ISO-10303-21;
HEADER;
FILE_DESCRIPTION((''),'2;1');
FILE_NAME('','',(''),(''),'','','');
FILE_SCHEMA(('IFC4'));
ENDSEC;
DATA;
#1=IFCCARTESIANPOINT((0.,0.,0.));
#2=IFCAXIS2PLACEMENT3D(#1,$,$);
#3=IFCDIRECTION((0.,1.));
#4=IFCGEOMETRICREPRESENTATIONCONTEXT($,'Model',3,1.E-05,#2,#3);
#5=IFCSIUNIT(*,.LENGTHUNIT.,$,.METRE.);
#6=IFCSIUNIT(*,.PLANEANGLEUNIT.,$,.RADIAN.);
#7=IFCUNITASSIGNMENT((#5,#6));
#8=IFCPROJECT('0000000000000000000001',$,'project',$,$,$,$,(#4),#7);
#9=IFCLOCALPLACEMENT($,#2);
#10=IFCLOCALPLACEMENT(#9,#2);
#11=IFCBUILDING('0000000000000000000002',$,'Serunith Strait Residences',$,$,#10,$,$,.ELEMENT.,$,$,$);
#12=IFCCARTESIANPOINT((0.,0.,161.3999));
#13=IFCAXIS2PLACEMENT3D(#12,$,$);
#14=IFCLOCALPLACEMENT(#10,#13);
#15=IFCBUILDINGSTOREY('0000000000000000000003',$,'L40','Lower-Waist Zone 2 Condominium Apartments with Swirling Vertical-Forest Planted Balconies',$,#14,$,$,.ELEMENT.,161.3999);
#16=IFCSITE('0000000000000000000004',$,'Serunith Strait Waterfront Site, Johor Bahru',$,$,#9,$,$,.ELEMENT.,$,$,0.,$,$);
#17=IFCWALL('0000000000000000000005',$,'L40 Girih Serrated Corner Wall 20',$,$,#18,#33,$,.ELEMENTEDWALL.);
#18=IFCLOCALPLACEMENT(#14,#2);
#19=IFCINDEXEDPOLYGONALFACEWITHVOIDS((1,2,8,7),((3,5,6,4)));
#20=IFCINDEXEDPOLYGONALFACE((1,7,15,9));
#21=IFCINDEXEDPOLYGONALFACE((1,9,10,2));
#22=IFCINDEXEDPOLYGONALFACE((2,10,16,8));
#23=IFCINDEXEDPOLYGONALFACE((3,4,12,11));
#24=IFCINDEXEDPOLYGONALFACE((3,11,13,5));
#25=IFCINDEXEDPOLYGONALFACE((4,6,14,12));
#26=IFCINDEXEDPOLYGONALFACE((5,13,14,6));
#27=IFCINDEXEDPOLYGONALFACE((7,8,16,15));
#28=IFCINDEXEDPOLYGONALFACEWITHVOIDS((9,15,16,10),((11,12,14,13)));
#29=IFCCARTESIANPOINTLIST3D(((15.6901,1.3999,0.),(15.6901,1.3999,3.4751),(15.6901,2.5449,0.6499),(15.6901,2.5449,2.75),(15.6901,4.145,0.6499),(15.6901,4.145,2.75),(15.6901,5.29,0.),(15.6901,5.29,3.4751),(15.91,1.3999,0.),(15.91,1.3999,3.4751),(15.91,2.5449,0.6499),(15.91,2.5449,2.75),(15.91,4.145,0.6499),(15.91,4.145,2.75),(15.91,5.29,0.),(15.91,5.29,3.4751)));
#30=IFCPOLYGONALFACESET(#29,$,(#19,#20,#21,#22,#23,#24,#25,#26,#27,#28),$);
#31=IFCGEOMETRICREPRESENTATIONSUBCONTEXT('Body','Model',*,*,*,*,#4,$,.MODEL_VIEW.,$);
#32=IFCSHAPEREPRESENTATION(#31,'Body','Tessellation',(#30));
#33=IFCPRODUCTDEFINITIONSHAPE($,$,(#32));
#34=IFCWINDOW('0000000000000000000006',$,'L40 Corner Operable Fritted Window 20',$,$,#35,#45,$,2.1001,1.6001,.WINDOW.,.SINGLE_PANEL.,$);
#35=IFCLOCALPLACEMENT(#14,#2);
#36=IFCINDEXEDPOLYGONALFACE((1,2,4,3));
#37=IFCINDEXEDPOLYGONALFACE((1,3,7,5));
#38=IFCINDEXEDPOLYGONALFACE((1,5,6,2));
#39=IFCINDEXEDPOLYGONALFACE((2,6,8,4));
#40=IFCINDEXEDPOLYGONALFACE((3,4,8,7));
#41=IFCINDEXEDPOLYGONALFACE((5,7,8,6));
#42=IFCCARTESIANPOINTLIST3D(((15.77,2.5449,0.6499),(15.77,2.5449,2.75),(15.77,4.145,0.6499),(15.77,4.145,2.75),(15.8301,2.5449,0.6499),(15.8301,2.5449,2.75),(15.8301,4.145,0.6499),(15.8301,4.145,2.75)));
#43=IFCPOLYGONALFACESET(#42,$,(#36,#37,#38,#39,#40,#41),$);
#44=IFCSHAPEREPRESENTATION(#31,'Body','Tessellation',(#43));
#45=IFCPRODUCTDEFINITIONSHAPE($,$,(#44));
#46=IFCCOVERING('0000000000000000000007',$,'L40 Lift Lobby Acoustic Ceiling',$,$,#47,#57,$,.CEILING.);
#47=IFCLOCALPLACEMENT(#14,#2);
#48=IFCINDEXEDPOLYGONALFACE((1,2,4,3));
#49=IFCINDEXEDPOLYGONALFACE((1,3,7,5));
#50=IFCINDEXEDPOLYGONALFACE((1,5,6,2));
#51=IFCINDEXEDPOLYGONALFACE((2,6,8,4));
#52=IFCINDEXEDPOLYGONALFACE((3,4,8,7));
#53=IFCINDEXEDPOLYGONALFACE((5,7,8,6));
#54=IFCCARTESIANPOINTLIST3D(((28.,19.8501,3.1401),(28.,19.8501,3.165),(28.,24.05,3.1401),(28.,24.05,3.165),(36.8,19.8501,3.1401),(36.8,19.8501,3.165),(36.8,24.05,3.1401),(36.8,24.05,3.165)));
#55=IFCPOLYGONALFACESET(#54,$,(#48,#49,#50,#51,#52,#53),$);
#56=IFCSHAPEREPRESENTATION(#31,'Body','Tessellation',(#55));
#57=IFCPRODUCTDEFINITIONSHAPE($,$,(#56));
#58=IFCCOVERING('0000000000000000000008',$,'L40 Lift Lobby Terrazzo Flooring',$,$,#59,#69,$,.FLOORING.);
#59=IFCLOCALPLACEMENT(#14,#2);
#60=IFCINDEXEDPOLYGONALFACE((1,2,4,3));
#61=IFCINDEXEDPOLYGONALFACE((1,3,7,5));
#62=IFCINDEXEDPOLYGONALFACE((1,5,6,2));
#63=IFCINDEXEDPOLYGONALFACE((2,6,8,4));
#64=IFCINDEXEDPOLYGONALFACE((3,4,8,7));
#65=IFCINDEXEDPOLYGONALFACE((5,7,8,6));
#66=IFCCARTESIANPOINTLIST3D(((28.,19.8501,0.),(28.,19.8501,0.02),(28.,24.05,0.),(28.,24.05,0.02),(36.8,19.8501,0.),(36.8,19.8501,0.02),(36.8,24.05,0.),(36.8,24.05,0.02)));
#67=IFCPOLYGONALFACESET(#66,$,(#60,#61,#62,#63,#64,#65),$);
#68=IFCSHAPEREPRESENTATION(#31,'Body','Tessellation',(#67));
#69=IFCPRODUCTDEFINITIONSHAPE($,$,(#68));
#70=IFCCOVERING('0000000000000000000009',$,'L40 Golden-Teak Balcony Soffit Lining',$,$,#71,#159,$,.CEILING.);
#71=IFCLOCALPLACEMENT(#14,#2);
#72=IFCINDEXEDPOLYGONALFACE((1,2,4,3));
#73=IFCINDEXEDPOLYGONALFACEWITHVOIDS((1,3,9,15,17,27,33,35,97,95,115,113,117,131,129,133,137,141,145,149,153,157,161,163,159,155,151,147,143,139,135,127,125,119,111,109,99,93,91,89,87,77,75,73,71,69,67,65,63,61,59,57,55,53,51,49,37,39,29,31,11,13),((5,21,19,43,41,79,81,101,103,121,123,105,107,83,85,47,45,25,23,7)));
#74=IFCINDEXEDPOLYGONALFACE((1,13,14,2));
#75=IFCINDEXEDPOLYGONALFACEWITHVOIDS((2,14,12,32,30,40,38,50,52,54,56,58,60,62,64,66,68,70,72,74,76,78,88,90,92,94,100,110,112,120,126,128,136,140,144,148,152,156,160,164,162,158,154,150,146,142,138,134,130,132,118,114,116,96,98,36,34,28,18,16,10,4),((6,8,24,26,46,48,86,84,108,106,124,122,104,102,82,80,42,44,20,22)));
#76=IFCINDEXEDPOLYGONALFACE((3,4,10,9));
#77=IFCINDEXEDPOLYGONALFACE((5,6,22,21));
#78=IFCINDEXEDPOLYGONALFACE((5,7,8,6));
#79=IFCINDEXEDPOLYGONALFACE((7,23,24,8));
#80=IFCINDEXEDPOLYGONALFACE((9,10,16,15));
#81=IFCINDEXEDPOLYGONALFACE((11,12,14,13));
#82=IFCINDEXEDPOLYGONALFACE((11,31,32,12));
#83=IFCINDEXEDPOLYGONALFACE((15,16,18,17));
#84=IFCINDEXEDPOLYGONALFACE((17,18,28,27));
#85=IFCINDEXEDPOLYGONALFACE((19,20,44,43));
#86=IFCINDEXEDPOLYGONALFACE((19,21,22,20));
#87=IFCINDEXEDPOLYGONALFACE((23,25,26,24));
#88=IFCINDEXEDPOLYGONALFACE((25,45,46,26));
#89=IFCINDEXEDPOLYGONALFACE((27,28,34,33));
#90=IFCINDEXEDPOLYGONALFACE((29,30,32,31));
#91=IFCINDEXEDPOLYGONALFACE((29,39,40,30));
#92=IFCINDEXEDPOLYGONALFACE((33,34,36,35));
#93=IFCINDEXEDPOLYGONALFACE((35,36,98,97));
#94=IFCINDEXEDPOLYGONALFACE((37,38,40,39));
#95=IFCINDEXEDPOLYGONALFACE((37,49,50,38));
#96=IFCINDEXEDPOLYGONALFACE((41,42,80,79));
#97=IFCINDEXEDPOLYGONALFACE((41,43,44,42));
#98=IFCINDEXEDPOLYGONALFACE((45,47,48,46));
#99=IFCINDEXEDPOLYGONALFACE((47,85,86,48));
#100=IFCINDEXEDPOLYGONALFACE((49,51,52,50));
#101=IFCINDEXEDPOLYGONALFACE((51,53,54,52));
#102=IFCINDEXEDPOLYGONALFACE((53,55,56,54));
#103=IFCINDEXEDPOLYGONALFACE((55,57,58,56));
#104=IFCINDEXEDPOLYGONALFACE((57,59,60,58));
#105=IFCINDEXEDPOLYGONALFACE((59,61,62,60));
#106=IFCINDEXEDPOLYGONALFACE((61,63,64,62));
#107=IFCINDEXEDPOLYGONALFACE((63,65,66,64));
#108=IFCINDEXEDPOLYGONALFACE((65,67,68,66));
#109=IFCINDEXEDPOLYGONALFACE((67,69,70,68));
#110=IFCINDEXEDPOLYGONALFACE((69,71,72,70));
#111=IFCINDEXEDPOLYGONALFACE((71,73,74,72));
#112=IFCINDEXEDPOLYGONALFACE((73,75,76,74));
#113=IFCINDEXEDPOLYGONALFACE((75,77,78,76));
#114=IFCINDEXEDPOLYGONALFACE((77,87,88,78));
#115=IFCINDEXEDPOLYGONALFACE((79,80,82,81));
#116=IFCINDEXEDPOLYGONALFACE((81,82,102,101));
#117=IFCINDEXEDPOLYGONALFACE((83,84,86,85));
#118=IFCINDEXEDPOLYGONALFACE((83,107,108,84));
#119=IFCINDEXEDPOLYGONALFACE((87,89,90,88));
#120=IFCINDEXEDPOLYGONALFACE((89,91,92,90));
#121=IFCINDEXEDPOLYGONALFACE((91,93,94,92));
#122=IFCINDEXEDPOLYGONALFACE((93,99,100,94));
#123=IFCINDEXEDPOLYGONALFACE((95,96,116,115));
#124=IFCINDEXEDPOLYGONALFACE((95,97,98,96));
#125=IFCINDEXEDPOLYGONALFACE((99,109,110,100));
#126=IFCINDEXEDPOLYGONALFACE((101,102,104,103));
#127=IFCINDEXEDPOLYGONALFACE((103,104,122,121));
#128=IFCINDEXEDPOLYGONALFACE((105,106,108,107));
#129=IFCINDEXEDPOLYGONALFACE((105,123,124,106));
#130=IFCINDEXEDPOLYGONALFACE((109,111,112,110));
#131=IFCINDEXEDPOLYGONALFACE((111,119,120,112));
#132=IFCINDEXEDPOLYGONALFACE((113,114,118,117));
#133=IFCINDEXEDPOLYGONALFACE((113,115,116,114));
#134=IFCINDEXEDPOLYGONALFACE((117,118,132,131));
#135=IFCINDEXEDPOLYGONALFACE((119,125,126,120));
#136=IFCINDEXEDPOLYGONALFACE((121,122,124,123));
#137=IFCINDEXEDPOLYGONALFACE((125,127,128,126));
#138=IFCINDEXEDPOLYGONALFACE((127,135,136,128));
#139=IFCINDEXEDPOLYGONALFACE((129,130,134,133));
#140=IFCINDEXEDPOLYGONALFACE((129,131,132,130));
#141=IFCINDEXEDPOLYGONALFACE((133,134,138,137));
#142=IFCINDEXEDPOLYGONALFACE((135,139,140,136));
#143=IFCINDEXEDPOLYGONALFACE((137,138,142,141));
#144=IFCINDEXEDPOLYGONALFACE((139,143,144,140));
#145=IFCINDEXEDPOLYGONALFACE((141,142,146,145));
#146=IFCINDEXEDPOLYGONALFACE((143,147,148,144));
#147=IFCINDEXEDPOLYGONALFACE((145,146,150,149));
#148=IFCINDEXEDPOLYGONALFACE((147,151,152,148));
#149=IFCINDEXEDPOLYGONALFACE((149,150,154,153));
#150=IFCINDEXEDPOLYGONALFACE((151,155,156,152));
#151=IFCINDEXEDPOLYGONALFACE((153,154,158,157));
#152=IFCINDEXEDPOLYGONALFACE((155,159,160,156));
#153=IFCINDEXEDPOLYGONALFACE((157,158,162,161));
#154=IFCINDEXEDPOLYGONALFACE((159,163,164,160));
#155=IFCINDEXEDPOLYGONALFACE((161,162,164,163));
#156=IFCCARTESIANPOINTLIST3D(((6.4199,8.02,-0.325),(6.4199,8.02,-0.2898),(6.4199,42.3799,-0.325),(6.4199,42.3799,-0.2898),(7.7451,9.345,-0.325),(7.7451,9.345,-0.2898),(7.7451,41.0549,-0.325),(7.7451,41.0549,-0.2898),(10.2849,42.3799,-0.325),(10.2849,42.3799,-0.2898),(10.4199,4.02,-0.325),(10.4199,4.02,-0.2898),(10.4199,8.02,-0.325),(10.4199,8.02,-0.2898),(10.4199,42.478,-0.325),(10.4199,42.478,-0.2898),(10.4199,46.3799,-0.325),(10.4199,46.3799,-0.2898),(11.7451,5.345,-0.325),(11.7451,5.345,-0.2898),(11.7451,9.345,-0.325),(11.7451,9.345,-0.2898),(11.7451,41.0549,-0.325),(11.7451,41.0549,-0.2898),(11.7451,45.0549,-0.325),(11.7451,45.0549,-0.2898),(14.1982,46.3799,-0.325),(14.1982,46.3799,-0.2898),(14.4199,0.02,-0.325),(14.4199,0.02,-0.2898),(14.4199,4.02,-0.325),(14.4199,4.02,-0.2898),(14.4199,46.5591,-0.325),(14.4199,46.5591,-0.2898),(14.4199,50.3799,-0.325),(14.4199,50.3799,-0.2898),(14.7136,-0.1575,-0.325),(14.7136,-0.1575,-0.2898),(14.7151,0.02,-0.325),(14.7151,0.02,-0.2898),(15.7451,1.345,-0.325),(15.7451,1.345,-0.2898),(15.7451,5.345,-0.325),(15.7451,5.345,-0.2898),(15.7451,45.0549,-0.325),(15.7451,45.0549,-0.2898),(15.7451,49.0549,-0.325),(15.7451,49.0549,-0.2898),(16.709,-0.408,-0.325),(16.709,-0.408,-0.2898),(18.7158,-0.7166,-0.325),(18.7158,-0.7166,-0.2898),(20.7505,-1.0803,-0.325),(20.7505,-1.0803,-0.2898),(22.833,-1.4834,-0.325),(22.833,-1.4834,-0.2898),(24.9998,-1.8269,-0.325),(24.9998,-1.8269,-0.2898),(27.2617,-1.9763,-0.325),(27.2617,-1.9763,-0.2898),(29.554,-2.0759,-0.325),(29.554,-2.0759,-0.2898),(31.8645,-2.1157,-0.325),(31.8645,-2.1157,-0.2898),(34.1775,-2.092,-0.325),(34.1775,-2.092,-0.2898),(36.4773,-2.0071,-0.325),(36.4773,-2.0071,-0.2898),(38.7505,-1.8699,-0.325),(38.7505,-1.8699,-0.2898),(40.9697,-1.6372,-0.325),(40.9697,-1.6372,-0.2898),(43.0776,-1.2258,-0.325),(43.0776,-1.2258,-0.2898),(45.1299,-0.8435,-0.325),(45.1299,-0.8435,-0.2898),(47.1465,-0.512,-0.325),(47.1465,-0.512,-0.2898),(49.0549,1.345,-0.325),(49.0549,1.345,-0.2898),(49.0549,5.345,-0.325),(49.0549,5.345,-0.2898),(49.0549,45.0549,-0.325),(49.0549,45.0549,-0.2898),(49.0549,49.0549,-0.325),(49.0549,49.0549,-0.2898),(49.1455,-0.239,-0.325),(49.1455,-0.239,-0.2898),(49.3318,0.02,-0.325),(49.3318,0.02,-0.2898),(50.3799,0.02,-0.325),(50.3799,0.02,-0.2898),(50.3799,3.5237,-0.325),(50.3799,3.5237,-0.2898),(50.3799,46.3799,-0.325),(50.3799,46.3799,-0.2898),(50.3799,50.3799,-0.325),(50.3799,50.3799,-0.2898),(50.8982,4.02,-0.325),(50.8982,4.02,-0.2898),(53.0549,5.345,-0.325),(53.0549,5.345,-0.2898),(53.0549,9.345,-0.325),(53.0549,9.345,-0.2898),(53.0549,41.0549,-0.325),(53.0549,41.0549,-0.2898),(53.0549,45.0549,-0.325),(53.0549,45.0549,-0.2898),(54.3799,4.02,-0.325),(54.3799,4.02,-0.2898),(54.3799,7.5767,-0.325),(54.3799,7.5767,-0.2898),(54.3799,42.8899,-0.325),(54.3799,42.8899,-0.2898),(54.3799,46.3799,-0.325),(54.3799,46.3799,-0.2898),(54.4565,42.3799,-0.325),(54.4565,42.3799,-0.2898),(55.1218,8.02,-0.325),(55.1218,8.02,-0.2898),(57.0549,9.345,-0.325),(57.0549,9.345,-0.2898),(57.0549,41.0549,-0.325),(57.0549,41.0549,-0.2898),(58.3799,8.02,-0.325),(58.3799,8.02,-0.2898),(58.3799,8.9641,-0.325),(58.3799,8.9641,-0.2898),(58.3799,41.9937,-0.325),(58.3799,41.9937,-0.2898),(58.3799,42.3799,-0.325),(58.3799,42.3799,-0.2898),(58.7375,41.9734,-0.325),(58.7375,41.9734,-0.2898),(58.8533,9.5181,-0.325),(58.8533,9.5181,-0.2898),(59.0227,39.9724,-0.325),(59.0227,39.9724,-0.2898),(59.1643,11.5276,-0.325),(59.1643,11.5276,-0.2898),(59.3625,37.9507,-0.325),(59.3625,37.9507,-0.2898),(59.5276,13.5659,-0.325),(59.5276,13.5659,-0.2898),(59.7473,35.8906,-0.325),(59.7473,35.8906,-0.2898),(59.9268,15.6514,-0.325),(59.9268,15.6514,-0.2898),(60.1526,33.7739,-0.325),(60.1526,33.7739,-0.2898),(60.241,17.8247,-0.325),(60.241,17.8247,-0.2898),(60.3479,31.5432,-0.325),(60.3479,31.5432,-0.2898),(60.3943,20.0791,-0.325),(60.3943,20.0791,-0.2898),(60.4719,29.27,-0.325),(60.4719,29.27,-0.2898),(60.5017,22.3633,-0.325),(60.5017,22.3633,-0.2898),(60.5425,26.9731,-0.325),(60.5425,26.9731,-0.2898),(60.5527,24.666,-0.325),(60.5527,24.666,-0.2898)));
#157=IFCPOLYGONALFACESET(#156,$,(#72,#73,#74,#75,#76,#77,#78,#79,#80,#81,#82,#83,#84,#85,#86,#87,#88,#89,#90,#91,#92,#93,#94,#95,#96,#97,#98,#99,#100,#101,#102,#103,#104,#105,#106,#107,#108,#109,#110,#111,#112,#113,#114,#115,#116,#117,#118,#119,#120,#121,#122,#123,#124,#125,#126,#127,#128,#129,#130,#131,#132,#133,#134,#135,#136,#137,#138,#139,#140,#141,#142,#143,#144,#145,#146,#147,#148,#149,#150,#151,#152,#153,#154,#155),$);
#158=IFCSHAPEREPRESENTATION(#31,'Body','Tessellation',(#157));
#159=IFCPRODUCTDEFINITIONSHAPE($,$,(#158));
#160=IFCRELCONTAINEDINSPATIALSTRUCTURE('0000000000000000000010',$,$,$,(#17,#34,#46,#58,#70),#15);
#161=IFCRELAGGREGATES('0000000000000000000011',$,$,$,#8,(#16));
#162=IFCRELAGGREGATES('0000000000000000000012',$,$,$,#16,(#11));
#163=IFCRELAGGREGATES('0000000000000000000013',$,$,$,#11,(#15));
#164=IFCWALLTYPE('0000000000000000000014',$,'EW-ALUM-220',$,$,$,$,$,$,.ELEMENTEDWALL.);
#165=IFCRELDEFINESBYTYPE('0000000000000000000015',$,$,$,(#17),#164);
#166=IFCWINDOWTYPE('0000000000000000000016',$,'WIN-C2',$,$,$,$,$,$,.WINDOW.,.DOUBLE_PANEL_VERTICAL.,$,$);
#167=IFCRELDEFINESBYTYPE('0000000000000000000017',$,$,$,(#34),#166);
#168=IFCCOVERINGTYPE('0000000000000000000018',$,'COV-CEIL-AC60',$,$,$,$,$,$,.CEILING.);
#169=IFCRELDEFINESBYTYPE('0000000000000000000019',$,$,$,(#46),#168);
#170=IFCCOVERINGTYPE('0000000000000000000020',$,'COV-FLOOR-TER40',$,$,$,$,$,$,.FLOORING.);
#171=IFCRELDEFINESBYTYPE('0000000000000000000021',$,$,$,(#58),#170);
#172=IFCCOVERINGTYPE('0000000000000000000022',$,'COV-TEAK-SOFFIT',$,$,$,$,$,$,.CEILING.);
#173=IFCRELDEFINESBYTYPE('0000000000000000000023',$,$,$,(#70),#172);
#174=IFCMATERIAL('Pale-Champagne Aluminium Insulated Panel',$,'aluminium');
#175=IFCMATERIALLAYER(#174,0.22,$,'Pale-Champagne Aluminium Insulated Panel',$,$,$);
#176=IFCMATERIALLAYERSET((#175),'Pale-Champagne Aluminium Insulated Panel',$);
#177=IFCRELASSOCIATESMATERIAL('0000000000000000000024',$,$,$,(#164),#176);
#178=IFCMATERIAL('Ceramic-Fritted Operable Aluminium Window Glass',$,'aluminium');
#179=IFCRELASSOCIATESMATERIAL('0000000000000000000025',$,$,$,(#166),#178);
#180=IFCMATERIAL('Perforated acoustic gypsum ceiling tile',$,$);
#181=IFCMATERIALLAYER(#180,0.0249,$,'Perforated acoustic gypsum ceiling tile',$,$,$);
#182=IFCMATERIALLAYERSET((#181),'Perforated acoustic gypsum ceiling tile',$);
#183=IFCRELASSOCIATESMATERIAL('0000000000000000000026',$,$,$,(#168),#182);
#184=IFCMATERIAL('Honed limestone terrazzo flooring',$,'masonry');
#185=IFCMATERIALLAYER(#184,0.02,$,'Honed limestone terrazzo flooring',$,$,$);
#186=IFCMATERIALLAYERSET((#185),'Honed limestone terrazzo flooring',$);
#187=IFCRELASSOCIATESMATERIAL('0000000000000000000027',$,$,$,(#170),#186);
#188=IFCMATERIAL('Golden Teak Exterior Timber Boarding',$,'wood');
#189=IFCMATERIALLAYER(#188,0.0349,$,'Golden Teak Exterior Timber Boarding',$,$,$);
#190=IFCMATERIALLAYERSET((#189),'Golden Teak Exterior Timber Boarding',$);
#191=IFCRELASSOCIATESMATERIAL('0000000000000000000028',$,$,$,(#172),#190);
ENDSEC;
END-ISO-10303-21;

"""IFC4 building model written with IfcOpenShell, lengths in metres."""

from ifc_helpers import new_model, si_unit, direction, frame, frame_2d, origin, place, context, subcontext, project, spatial, polyline, rectangle, outline, extrude, source, transform, mapped, material, layer, layer_set, type_object, element, fill, save


model = new_model("IFC4")

# Units and contexts
model_context = context("Model", 3, precision=1e-05, world=origin(), true_north=direction((0.0, 1.0)))
body_context = subcontext(model_context, "Body", "Model", "MODEL_VIEW")
ifc_project = project(units=[si_unit("LENGTHUNIT", "METRE"), si_unit("PLANEANGLEUNIT", "RADIAN")], contexts=[model_context])

# Site, building, storey
site_placement = place(None, origin())
site = spatial("IfcSite", under=ifc_project, at=site_placement, Name="Serunith Strait Waterfront Site, Johor Bahru", CompositionType="ELEMENT", RefElevation=0.0)
building_placement = place(site_placement, origin())
building = spatial("IfcBuilding", under=site, at=building_placement, Name="Serunith Strait Residences", CompositionType="ELEMENT")
storey_placement = place(building_placement, frame((0.0, 0.0, 161.3999)))
storey = spatial("IfcBuildingStorey", under=building, at=storey_placement, Name="L40", Description="Lower-Waist Zone 2 Condominium Apartments with Swirling Vertical-Forest Planted Balconies", CompositionType="ELEMENT", Elevation=161.3999)

# Wall, opening, window
ifc_material_1 = material(Name="Pale-Champagne Aluminium Insulated Panel", Category="aluminium")
ifc_layer_1 = layer(ifc_material_1, 0.22, Name="Pale-Champagne Aluminium Insulated Panel")
ifc_layer_set_1 = layer_set([ifc_layer_1], Name="Pale-Champagne Aluminium Insulated Panel")
wall_type = type_object("IfcWallType", Name="EW-ALUM-220", PredefinedType="ELEMENTEDWALL", material=ifc_layer_set_1)
ifc_material_2 = material(Name="Ceramic-Fritted Operable Aluminium Window Glass", Category="aluminium")
window_type = type_object("IfcWindowType", Name="WIN-C2", PartitioningType="DOUBLE_PANEL_VERTICAL", PredefinedType="WINDOW", material=ifc_material_2)
shared_shape_1 = source(origin(), body_context, "Body", "SweptSolid", [
    extrude(rectangle(XDim=1.6001, YDim=2.1001, at=frame_2d((0.8, 1.05))), frame((0.0, 0.03, 0.0), z_axis=(0.0, -1.0, 0.0), x_axis=(1.0, 0.0, 0.0)), (0.0, 0.0, 1.0), 0.0601),
])
wall_1_placement = place(storey_placement, frame((15.8, 5.29, 0.0), z_axis=(0.0, 0.0, 1.0), x_axis=(0.0, -1.0, 0.0)))
wall_1 = element("IfcWall", 1, at=wall_1_placement, inside=storey, type_object=wall_type, Name="L40 Girih Serrated Corner Wall 20", PredefinedType="ELEMENTEDWALL", context=body_context, shape_type="SweptSolid", body=[
    extrude(rectangle(XDim=3.8901, YDim=0.22, at=frame_2d((1.9451, 0.0))), origin(), (0.0, 0.0, 1.0), 3.4751),
])
opening_1_placement = place(wall_1_placement, frame((1.145, 0.0, 0.6499)))
opening_1 = element("IfcOpeningElement", 2, at=opening_1_placement, cuts=wall_1, PredefinedType="OPENING", context=body_context, shape_type="SweptSolid", body=[
    extrude(rectangle(XDim=1.6001, YDim=2.1001, at=frame_2d((0.8, 1.05))), frame((0.0, 0.1201, 0.0), z_axis=(0.0, -1.0, 0.0), x_axis=(1.0, 0.0, 0.0)), (0.0, 0.0, 1.0), 0.24),
])
window_1_placement = place(opening_1_placement, origin())
window_1 = element("IfcWindow", 3, at=window_1_placement, inside=storey, type_object=window_type, Name="L40 Corner Operable Fritted Window 20", OverallHeight=2.1001, OverallWidth=1.6001, PartitioningType="SINGLE_PANEL", PredefinedType="WINDOW", context=body_context, shape_type="MappedRepresentation", body=[
    mapped(shared_shape_1, transform((0.0, 0.0, 0.0), scale=1.0)),
])
fill(opening_1, window_1)

# Coverings
ifc_material_3 = material(Name="Perforated acoustic gypsum ceiling tile")
ifc_layer_2 = layer(ifc_material_3, 0.0249, Name="Perforated acoustic gypsum ceiling tile")
ifc_layer_set_2 = layer_set([ifc_layer_2], Name="Perforated acoustic gypsum ceiling tile")
covering_type_1 = type_object("IfcCoveringType", Name="COV-CEIL-AC60", PredefinedType="CEILING", material=ifc_layer_set_2)
covering_1_placement = place(storey_placement, frame((0.0, 0.0, 3.1401)))
element("IfcCovering", 4, at=covering_1_placement, inside=storey, type_object=covering_type_1, Name="L40 Lift Lobby Acoustic Ceiling", PredefinedType="CEILING", context=body_context, shape_type="SweptSolid", body=[
    extrude(outline(polyline([(28.0, 19.8501), (36.8, 19.8501), (36.8, 24.05), (28.0, 24.05), (28.0, 19.8501)])), origin(), (0.0, 0.0, 1.0), 0.0249),
])
ifc_material_4 = material(Name="Honed limestone terrazzo flooring", Category="masonry")
ifc_layer_3 = layer(ifc_material_4, 0.02, Name="Honed limestone terrazzo flooring")
ifc_layer_set_3 = layer_set([ifc_layer_3], Name="Honed limestone terrazzo flooring")
covering_type_2 = type_object("IfcCoveringType", Name="COV-FLOOR-TER40", PredefinedType="FLOORING", material=ifc_layer_set_3)
covering_2_placement = place(storey_placement, origin())
element("IfcCovering", 5, at=covering_2_placement, inside=storey, type_object=covering_type_2, Name="L40 Lift Lobby Terrazzo Flooring", PredefinedType="FLOORING", context=body_context, shape_type="SweptSolid", body=[
    extrude(outline(polyline([(28.0, 19.8501), (36.8, 19.8501), (36.8, 24.05), (28.0, 24.05), (28.0, 19.8501)])), origin(), (0.0, 0.0, 1.0), 0.02),
])
ifc_material_5 = material(Name="Golden Teak Exterior Timber Boarding", Category="wood")
ifc_layer_4 = layer(ifc_material_5, 0.0349, Name="Golden Teak Exterior Timber Boarding")
ifc_layer_set_4 = layer_set([ifc_layer_4], Name="Golden Teak Exterior Timber Boarding")
covering_type_3 = type_object("IfcCoveringType", Name="COV-TEAK-SOFFIT", PredefinedType="CEILING", material=ifc_layer_set_4)
covering_3_placement = place(storey_placement, frame((0.0, 0.0, -0.325)))
element("IfcCovering", 6, at=covering_3_placement, inside=storey, type_object=covering_type_3, Name="L40 Golden-Teak Balcony Soffit Lining", PredefinedType="CEILING", context=body_context, shape_type="SweptSolid", body=[
    extrude(outline(polyline([(14.4199, 0.02), (14.4199, 4.02), (10.4199, 4.02), (10.4199, 8.02), (6.4199, 8.02), (6.4199, 42.3799), (10.2849, 42.3799), (10.4199, 42.478), (10.4199, 46.3799), (14.1982, 46.3799), (14.4199, 46.5591), (14.4199, 50.3799), (50.3799, 50.3799), (50.3799, 46.3799), (54.3799, 46.3799), (54.3799, 42.8899), (54.4565, 42.3799), (58.3799, 42.3799), (58.3799, 41.9937), (58.7375, 41.9734), (59.0227, 39.9724), (59.3625, 37.9507), (59.7473, 35.8906), (60.1526, 33.7739), (60.3479, 31.5432), (60.4719, 29.27), (60.5425, 26.9731), (60.5527, 24.666), (60.5017, 22.3633), (60.3943, 20.0791), (60.241, 17.8247), (59.9268, 15.6514), (59.5276, 13.5659), (59.1643, 11.5276), (58.8533, 9.5181), (58.3799, 8.9641), (58.3799, 8.02), (55.1218, 8.02), (54.3799, 7.5767), (54.3799, 4.02), (50.8982, 4.02), (50.3799, 3.5237), (50.3799, 0.02), (49.3318, 0.02), (49.1455, -0.239), (47.1465, -0.512), (45.1299, -0.8435), (43.0776, -1.2258), (40.9697, -1.6372), (38.7505, -1.8699), (36.4773, -2.0071), (34.1775, -2.092), (31.8645, -2.1157), (29.554, -2.0759), (27.2617, -1.9763), (24.9998, -1.8269), (22.833, -1.4834), (20.7505, -1.0803), (18.7158, -0.7166), (16.709, -0.408), (14.7136, -0.1575), (14.7151, 0.02), (14.4199, 0.02)]), holes=[polyline([(49.0549, 1.345), (49.0549, 5.345), (53.0549, 5.345), (53.0549, 9.345), (57.0549, 9.345), (57.0549, 41.0549), (53.0549, 41.0549), (53.0549, 45.0549), (49.0549, 45.0549), (49.0549, 49.0549), (15.7451, 49.0549), (15.7451, 45.0549), (11.7451, 45.0549), (11.7451, 41.0549), (7.7451, 41.0549), (7.7451, 9.345), (11.7451, 9.345), (11.7451, 5.345), (15.7451, 5.345), (15.7451, 1.345), (49.0549, 1.345)])]), origin(), (0.0, 0.0, 1.0), 0.0352),
])

save(model, "model.ifc")
